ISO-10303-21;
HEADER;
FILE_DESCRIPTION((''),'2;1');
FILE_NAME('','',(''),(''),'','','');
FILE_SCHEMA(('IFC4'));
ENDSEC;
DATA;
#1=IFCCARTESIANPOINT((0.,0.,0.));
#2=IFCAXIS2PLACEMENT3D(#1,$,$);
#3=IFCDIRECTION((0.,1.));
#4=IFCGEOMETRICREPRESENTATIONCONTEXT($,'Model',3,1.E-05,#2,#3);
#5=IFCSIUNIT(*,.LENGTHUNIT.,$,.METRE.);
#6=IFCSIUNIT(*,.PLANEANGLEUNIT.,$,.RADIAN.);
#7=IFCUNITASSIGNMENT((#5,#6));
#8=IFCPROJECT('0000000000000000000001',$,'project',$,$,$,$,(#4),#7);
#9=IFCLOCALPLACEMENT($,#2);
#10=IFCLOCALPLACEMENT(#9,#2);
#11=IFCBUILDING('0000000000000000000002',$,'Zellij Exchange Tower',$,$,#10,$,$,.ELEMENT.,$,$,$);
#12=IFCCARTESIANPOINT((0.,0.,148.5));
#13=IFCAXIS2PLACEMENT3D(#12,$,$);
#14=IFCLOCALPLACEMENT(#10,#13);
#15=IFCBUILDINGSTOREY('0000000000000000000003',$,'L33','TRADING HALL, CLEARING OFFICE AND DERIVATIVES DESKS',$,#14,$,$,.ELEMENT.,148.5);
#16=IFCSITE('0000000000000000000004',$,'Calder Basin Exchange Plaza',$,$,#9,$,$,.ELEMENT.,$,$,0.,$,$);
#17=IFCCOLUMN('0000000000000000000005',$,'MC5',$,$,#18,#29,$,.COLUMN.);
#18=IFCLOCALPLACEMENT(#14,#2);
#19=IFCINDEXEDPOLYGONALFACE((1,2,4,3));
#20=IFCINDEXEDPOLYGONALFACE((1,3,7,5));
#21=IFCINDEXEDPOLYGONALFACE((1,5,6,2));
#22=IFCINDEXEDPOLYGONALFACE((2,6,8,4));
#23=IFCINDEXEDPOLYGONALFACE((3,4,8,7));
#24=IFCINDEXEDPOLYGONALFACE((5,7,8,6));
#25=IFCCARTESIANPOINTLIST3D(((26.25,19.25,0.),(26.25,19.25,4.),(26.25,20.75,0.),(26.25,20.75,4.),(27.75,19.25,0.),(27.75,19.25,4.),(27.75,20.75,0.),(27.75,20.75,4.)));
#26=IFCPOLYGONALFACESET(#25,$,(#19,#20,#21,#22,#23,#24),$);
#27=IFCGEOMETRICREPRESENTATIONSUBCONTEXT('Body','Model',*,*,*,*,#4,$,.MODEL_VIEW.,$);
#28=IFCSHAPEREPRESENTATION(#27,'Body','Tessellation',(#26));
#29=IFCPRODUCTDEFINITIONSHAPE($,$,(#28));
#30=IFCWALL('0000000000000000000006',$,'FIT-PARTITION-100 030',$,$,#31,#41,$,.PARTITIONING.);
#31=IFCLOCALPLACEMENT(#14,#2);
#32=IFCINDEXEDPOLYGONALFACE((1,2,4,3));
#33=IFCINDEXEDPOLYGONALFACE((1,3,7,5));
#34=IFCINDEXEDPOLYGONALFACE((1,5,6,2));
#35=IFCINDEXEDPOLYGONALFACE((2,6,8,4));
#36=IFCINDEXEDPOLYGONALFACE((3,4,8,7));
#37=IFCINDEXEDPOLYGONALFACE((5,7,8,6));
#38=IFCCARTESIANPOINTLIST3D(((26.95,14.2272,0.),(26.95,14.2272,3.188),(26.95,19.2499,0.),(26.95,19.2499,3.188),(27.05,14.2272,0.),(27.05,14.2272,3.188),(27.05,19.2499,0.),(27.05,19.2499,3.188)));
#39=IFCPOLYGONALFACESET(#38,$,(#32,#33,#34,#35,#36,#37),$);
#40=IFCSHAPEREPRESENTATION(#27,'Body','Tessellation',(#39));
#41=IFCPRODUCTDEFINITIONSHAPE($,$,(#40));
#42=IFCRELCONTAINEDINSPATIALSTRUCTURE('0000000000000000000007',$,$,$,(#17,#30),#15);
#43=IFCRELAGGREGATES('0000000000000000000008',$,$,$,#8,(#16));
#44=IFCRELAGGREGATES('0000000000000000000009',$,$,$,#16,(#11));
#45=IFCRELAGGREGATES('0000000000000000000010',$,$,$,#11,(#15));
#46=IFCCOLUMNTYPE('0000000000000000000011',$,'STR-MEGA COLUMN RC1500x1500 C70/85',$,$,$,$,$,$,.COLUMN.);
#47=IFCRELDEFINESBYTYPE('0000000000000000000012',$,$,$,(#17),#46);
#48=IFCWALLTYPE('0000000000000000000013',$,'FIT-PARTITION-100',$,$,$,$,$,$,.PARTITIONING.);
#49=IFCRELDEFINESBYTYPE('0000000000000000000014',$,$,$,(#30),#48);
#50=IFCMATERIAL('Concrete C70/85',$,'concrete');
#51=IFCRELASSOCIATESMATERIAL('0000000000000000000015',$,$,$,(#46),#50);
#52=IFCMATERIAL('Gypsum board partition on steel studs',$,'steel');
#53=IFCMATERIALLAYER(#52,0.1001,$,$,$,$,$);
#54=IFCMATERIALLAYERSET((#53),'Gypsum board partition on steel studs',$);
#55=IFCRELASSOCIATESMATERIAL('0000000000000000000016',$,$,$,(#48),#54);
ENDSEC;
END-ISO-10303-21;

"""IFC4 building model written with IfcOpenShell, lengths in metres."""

from ifc_helpers import new_model, si_unit, direction, frame, frame_2d, origin, origin_2d, place, context, subcontext, project, spatial, rectangle, extrude, material, layer, layer_set, material_profile, profile_set, type_object, element, save


model = new_model("IFC4")

# Units and contexts
model_context = context("Model", 3, precision=1e-05, world=origin(), true_north=direction((0.0, 1.0)))
body_context = subcontext(model_context, "Body", "Model", "MODEL_VIEW")
ifc_project = project(units=[si_unit("LENGTHUNIT", "METRE"), si_unit("PLANEANGLEUNIT", "RADIAN")], contexts=[model_context])

# Site, building, storey
site_placement = place(None, origin())
site = spatial("IfcSite", under=ifc_project, at=site_placement, Name="Calder Basin Exchange Plaza", CompositionType="ELEMENT", RefElevation=0.0)
building_placement = place(site_placement, origin())
building = spatial("IfcBuilding", under=site, at=building_placement, Name="Zellij Exchange Tower", CompositionType="ELEMENT")
storey_placement = place(building_placement, frame((0.0, 0.0, 148.5)))
storey = spatial("IfcBuildingStorey", under=building, at=storey_placement, Name="L33", Description="TRADING HALL, CLEARING OFFICE AND DERIVATIVES DESKS", CompositionType="ELEMENT", Elevation=148.5)

# Column
ifc_material_1 = material(Name="Concrete C70/85", Category="concrete")
ifc_material_profile = material_profile(ifc_material_1, rectangle(XDim=1.5, YDim=1.5, at=origin_2d()), Name="STR-MEGA COLUMN RC1500x1500 C70/85")
ifc_profile_set = profile_set([ifc_material_profile], Name="Concrete C70/85")
column_type = type_object("IfcColumnType", Name="STR-MEGA COLUMN RC1500x1500 C70/85", PredefinedType="COLUMN", material=ifc_profile_set)
column_placement = place(storey_placement, frame((27.0, 20.0, 0.0), z_axis=(0.0, 0.0, 1.0), x_axis=(1.0, 0.0, 0.0)))
element("IfcColumn", 1, at=column_placement, inside=storey, type_object=column_type, Name="MC5", PredefinedType="COLUMN", context=body_context, shape_type="SweptSolid", body=[
    extrude(rectangle(XDim=1.5, YDim=1.5, at=origin_2d()), origin(), (0.0, 0.0, 1.0), 4.0),
])

# Wall
ifc_material_2 = material(Name="Gypsum board partition on steel studs", Category="steel")
ifc_layer = layer(ifc_material_2, 0.1001)
ifc_layer_set = layer_set([ifc_layer], Name="Gypsum board partition on steel studs")
wall_type = type_object("IfcWallType", Name="FIT-PARTITION-100", PredefinedType="PARTITIONING", material=ifc_layer_set)
wall_placement = place(storey_placement, frame((27.0, 14.2273, 0.0), z_axis=(0.0, 0.0, 1.0), x_axis=(0.0, 1.0, 0.0)))
element("IfcWall", 2, at=wall_placement, inside=storey, type_object=wall_type, Name="FIT-PARTITION-100 030", PredefinedType="PARTITIONING", context=body_context, shape_type="SweptSolid", body=[
    extrude(rectangle(XDim=5.0227, YDim=0.1001, at=frame_2d((2.5112, 0.0))), origin(), (0.0, 0.0, 1.0), 3.188),
])

save(model, "model.ifc")
